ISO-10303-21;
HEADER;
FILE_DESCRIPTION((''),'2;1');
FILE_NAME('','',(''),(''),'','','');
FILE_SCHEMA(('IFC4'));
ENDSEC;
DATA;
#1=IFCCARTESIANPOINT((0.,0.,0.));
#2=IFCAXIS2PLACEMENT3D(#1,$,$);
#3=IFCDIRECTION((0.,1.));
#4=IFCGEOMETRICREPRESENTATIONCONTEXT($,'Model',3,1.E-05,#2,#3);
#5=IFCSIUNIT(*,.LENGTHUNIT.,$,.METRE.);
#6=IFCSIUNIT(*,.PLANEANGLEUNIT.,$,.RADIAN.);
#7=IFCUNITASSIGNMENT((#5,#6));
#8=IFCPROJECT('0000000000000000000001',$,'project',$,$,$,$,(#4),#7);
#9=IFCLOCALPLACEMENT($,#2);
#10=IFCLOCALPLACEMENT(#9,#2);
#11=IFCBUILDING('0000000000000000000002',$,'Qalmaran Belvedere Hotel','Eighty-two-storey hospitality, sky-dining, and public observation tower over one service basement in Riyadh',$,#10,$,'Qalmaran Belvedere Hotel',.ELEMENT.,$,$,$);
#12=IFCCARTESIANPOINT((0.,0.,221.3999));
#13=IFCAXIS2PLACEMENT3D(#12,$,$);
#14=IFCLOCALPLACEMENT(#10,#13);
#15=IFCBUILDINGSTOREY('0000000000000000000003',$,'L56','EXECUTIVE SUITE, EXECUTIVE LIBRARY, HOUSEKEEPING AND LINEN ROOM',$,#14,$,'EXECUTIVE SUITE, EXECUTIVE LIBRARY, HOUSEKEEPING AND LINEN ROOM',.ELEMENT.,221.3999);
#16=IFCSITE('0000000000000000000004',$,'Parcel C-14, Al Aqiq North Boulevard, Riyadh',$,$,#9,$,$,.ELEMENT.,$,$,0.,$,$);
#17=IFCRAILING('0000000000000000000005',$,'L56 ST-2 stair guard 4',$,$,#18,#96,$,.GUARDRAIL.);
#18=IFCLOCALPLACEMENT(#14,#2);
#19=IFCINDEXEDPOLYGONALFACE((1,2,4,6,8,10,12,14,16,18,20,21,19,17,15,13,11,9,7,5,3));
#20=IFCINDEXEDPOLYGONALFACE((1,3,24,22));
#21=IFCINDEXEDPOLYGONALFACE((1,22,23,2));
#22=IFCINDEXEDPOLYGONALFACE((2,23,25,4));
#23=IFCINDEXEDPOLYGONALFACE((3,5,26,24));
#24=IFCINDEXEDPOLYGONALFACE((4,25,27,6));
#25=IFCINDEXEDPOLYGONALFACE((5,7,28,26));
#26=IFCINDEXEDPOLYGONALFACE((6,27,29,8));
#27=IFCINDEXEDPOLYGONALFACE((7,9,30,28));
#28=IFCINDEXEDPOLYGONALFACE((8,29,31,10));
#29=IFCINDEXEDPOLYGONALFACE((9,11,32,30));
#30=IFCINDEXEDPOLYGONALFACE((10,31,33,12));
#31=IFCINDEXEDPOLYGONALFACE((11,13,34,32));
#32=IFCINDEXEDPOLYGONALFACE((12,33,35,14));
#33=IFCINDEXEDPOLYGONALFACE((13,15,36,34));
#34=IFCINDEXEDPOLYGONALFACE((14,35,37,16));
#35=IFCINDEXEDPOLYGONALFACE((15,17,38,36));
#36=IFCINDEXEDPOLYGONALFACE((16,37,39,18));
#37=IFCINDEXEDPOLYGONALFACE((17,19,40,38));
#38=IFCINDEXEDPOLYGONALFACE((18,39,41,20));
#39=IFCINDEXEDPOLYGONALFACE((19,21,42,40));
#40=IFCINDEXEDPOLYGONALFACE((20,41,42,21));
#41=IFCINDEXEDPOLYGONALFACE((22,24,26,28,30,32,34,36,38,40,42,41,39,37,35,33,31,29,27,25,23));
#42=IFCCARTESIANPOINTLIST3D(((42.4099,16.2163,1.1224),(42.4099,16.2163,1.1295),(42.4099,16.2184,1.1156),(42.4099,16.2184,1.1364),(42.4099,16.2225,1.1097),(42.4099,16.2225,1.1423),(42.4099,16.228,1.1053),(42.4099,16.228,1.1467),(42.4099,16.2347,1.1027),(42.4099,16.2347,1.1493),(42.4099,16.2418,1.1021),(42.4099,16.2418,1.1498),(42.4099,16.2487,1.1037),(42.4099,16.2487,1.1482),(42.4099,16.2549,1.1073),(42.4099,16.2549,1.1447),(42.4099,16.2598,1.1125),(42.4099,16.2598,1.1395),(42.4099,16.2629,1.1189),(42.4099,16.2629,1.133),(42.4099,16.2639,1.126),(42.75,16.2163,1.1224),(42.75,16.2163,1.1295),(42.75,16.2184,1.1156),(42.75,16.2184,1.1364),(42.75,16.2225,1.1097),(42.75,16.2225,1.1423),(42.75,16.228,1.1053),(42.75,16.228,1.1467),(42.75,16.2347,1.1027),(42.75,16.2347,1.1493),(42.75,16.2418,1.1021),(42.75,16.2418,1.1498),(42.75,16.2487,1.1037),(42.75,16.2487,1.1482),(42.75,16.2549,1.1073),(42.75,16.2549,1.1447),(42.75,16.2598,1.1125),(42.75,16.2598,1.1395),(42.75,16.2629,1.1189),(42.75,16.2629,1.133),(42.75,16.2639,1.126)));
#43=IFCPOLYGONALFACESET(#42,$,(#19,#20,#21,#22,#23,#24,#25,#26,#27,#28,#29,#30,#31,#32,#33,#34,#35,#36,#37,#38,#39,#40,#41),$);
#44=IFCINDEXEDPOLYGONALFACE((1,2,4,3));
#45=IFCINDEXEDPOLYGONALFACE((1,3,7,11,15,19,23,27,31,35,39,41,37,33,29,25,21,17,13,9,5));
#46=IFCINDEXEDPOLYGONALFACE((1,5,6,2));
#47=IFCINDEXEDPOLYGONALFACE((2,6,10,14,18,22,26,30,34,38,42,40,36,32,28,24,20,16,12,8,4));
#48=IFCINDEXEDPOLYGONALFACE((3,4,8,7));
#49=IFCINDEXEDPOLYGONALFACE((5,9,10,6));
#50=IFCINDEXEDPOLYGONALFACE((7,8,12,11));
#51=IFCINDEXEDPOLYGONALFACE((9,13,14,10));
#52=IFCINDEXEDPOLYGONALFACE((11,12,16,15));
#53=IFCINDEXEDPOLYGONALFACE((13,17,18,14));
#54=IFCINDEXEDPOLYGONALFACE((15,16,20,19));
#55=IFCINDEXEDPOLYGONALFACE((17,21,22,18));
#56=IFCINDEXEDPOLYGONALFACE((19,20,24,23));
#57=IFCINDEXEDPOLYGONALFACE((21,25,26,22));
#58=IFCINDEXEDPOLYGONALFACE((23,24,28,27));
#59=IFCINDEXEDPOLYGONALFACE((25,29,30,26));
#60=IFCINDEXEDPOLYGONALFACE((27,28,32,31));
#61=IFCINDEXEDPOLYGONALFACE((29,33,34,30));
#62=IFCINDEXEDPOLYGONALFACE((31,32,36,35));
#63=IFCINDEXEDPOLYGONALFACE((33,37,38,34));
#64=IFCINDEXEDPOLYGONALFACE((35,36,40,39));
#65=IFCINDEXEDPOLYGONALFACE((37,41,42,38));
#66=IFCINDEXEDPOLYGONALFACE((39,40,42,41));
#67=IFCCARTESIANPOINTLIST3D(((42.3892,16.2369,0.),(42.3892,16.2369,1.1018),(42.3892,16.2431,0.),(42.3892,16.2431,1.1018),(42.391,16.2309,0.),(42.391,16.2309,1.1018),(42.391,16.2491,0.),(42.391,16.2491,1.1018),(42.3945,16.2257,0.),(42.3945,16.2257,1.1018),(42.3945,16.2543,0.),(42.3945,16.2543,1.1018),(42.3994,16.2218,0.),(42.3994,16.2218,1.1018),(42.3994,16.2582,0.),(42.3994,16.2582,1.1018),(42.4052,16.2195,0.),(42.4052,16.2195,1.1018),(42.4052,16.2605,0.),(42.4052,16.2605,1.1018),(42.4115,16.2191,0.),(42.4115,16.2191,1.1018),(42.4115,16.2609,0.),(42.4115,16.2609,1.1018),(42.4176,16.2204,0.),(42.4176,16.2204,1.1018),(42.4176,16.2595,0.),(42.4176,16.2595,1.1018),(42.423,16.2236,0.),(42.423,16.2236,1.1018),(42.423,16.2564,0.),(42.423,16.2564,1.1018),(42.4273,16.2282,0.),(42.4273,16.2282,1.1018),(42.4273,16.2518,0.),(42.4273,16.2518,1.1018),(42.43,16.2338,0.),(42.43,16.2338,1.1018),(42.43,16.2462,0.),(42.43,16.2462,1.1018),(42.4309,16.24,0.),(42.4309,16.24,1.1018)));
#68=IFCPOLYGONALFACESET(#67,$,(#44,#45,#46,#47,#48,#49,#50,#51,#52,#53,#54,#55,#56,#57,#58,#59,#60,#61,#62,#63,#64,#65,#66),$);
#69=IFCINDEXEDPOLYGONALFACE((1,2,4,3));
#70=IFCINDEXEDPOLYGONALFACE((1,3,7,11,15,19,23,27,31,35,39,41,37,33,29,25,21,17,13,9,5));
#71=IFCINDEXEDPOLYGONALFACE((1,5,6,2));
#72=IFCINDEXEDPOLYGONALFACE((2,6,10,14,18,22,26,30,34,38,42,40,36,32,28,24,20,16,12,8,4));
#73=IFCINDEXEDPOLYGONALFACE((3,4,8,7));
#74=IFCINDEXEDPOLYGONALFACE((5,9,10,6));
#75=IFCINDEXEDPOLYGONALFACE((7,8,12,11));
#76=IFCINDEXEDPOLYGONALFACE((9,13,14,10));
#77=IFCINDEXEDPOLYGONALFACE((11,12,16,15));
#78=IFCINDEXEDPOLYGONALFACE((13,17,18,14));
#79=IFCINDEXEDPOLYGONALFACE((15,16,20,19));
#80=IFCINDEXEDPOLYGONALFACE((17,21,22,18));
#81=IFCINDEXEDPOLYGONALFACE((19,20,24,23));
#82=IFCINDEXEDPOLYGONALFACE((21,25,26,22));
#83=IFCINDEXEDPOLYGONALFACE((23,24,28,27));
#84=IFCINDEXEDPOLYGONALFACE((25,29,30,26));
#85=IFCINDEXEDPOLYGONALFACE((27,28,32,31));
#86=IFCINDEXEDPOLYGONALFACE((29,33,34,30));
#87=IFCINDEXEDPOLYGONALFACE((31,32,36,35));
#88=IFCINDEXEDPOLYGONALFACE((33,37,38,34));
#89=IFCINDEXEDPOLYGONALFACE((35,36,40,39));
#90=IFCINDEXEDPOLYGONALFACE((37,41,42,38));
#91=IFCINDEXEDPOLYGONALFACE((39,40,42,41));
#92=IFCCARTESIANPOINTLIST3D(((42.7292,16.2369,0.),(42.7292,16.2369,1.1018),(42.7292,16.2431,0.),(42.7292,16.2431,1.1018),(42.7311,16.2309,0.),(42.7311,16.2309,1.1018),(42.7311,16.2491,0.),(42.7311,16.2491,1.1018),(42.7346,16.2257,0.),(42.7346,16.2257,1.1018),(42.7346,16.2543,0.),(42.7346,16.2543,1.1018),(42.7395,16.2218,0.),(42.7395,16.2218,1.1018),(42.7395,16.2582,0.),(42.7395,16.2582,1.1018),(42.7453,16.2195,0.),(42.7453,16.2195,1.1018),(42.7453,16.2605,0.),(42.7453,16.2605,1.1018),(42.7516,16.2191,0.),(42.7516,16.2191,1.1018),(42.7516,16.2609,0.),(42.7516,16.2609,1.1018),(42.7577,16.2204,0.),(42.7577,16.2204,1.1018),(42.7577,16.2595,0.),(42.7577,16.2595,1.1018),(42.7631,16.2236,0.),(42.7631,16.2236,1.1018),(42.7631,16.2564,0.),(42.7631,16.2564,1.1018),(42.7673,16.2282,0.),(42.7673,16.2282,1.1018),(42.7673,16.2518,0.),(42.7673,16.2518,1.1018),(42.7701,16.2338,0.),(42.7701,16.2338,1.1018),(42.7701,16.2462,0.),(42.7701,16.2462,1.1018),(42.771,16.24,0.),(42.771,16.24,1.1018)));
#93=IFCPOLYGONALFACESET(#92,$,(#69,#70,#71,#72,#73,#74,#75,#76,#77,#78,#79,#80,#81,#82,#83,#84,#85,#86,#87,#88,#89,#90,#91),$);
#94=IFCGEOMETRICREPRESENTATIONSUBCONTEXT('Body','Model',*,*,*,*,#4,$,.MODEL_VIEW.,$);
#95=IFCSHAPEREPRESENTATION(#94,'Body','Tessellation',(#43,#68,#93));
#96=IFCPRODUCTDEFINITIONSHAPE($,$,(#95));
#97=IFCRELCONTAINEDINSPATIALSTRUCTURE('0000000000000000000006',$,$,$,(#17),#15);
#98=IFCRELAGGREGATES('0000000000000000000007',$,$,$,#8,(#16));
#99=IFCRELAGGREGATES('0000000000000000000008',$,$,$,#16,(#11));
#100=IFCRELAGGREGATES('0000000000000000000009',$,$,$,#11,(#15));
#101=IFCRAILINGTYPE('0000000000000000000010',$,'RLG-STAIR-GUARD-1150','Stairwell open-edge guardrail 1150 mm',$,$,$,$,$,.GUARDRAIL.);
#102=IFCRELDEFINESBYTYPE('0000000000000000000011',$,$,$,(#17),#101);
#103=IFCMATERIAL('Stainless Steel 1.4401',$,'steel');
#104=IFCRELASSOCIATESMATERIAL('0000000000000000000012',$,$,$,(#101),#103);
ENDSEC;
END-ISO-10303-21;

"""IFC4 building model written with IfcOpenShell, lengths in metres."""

from ifc_helpers import new_model, si_unit, direction, frame, origin, origin_2d, place, context, subcontext, project, spatial, circle, extrude, material, type_object, element, save


model = new_model("IFC4")

# Units and contexts
model_context = context("Model", 3, precision=1e-05, world=origin(), true_north=direction((0.0, 1.0)))
body_context = subcontext(model_context, "Body", "Model", "MODEL_VIEW")
ifc_project = project(units=[si_unit("LENGTHUNIT", "METRE"), si_unit("PLANEANGLEUNIT", "RADIAN")], contexts=[model_context])

# Site, building, storey
site_placement = place(None, origin())
site = spatial("IfcSite", under=ifc_project, at=site_placement, Name="Parcel C-14, Al Aqiq North Boulevard, Riyadh", CompositionType="ELEMENT", RefElevation=0.0)
building_placement = place(site_placement, origin())
building = spatial("IfcBuilding", under=site, at=building_placement, Name="Qalmaran Belvedere Hotel", Description="Eighty-two-storey hospitality, sky-dining, and public observation tower over one service basement in Riyadh", LongName="Qalmaran Belvedere Hotel", CompositionType="ELEMENT")
storey_placement = place(building_placement, frame((0.0, 0.0, 221.3999)))
storey = spatial("IfcBuildingStorey", under=building, at=storey_placement, Name="L56", Description="EXECUTIVE SUITE, EXECUTIVE LIBRARY, HOUSEKEEPING AND LINEN ROOM", LongName="EXECUTIVE SUITE, EXECUTIVE LIBRARY, HOUSEKEEPING AND LINEN ROOM", CompositionType="ELEMENT", Elevation=221.3999)

# Railing
ifc_material_1 = material(Name="Stainless Steel 1.4401", Category="steel")
railing_type_1 = type_object("IfcRailingType", Name="RLG-STAIR-GUARD-1150", Description="Stairwell open-edge guardrail 1150 mm", PredefinedType="GUARDRAIL", material=ifc_material_1)
railing_1_placement = place(storey_placement, frame((42.4099, 16.24, 0.0)))
element("IfcRailing", 1, at=railing_1_placement, inside=storey, type_object=railing_type_1, Name="L56 ST-2 stair guard 4", PredefinedType="GUARDRAIL", context=body_context, shape_type="SweptSolid", body=[
    extrude(circle(Radius=0.0239, at=origin_2d()), frame((0.0, 0.0, 1.126), z_axis=(1.0, 0.0, 0.0), x_axis=(0.0, 1.0, 0.0)), (0.0, 0.0, 1.0), 0.3401),
    extrude(circle(Radius=0.021, at=origin_2d()), origin(), (0.0, 0.0, 1.0), 1.1018),
    extrude(circle(Radius=0.021, at=origin_2d()), frame((0.3401, 0.0, 0.0)), (0.0, 0.0, 1.0), 1.1018),
])

save(model, "model.ifc")
